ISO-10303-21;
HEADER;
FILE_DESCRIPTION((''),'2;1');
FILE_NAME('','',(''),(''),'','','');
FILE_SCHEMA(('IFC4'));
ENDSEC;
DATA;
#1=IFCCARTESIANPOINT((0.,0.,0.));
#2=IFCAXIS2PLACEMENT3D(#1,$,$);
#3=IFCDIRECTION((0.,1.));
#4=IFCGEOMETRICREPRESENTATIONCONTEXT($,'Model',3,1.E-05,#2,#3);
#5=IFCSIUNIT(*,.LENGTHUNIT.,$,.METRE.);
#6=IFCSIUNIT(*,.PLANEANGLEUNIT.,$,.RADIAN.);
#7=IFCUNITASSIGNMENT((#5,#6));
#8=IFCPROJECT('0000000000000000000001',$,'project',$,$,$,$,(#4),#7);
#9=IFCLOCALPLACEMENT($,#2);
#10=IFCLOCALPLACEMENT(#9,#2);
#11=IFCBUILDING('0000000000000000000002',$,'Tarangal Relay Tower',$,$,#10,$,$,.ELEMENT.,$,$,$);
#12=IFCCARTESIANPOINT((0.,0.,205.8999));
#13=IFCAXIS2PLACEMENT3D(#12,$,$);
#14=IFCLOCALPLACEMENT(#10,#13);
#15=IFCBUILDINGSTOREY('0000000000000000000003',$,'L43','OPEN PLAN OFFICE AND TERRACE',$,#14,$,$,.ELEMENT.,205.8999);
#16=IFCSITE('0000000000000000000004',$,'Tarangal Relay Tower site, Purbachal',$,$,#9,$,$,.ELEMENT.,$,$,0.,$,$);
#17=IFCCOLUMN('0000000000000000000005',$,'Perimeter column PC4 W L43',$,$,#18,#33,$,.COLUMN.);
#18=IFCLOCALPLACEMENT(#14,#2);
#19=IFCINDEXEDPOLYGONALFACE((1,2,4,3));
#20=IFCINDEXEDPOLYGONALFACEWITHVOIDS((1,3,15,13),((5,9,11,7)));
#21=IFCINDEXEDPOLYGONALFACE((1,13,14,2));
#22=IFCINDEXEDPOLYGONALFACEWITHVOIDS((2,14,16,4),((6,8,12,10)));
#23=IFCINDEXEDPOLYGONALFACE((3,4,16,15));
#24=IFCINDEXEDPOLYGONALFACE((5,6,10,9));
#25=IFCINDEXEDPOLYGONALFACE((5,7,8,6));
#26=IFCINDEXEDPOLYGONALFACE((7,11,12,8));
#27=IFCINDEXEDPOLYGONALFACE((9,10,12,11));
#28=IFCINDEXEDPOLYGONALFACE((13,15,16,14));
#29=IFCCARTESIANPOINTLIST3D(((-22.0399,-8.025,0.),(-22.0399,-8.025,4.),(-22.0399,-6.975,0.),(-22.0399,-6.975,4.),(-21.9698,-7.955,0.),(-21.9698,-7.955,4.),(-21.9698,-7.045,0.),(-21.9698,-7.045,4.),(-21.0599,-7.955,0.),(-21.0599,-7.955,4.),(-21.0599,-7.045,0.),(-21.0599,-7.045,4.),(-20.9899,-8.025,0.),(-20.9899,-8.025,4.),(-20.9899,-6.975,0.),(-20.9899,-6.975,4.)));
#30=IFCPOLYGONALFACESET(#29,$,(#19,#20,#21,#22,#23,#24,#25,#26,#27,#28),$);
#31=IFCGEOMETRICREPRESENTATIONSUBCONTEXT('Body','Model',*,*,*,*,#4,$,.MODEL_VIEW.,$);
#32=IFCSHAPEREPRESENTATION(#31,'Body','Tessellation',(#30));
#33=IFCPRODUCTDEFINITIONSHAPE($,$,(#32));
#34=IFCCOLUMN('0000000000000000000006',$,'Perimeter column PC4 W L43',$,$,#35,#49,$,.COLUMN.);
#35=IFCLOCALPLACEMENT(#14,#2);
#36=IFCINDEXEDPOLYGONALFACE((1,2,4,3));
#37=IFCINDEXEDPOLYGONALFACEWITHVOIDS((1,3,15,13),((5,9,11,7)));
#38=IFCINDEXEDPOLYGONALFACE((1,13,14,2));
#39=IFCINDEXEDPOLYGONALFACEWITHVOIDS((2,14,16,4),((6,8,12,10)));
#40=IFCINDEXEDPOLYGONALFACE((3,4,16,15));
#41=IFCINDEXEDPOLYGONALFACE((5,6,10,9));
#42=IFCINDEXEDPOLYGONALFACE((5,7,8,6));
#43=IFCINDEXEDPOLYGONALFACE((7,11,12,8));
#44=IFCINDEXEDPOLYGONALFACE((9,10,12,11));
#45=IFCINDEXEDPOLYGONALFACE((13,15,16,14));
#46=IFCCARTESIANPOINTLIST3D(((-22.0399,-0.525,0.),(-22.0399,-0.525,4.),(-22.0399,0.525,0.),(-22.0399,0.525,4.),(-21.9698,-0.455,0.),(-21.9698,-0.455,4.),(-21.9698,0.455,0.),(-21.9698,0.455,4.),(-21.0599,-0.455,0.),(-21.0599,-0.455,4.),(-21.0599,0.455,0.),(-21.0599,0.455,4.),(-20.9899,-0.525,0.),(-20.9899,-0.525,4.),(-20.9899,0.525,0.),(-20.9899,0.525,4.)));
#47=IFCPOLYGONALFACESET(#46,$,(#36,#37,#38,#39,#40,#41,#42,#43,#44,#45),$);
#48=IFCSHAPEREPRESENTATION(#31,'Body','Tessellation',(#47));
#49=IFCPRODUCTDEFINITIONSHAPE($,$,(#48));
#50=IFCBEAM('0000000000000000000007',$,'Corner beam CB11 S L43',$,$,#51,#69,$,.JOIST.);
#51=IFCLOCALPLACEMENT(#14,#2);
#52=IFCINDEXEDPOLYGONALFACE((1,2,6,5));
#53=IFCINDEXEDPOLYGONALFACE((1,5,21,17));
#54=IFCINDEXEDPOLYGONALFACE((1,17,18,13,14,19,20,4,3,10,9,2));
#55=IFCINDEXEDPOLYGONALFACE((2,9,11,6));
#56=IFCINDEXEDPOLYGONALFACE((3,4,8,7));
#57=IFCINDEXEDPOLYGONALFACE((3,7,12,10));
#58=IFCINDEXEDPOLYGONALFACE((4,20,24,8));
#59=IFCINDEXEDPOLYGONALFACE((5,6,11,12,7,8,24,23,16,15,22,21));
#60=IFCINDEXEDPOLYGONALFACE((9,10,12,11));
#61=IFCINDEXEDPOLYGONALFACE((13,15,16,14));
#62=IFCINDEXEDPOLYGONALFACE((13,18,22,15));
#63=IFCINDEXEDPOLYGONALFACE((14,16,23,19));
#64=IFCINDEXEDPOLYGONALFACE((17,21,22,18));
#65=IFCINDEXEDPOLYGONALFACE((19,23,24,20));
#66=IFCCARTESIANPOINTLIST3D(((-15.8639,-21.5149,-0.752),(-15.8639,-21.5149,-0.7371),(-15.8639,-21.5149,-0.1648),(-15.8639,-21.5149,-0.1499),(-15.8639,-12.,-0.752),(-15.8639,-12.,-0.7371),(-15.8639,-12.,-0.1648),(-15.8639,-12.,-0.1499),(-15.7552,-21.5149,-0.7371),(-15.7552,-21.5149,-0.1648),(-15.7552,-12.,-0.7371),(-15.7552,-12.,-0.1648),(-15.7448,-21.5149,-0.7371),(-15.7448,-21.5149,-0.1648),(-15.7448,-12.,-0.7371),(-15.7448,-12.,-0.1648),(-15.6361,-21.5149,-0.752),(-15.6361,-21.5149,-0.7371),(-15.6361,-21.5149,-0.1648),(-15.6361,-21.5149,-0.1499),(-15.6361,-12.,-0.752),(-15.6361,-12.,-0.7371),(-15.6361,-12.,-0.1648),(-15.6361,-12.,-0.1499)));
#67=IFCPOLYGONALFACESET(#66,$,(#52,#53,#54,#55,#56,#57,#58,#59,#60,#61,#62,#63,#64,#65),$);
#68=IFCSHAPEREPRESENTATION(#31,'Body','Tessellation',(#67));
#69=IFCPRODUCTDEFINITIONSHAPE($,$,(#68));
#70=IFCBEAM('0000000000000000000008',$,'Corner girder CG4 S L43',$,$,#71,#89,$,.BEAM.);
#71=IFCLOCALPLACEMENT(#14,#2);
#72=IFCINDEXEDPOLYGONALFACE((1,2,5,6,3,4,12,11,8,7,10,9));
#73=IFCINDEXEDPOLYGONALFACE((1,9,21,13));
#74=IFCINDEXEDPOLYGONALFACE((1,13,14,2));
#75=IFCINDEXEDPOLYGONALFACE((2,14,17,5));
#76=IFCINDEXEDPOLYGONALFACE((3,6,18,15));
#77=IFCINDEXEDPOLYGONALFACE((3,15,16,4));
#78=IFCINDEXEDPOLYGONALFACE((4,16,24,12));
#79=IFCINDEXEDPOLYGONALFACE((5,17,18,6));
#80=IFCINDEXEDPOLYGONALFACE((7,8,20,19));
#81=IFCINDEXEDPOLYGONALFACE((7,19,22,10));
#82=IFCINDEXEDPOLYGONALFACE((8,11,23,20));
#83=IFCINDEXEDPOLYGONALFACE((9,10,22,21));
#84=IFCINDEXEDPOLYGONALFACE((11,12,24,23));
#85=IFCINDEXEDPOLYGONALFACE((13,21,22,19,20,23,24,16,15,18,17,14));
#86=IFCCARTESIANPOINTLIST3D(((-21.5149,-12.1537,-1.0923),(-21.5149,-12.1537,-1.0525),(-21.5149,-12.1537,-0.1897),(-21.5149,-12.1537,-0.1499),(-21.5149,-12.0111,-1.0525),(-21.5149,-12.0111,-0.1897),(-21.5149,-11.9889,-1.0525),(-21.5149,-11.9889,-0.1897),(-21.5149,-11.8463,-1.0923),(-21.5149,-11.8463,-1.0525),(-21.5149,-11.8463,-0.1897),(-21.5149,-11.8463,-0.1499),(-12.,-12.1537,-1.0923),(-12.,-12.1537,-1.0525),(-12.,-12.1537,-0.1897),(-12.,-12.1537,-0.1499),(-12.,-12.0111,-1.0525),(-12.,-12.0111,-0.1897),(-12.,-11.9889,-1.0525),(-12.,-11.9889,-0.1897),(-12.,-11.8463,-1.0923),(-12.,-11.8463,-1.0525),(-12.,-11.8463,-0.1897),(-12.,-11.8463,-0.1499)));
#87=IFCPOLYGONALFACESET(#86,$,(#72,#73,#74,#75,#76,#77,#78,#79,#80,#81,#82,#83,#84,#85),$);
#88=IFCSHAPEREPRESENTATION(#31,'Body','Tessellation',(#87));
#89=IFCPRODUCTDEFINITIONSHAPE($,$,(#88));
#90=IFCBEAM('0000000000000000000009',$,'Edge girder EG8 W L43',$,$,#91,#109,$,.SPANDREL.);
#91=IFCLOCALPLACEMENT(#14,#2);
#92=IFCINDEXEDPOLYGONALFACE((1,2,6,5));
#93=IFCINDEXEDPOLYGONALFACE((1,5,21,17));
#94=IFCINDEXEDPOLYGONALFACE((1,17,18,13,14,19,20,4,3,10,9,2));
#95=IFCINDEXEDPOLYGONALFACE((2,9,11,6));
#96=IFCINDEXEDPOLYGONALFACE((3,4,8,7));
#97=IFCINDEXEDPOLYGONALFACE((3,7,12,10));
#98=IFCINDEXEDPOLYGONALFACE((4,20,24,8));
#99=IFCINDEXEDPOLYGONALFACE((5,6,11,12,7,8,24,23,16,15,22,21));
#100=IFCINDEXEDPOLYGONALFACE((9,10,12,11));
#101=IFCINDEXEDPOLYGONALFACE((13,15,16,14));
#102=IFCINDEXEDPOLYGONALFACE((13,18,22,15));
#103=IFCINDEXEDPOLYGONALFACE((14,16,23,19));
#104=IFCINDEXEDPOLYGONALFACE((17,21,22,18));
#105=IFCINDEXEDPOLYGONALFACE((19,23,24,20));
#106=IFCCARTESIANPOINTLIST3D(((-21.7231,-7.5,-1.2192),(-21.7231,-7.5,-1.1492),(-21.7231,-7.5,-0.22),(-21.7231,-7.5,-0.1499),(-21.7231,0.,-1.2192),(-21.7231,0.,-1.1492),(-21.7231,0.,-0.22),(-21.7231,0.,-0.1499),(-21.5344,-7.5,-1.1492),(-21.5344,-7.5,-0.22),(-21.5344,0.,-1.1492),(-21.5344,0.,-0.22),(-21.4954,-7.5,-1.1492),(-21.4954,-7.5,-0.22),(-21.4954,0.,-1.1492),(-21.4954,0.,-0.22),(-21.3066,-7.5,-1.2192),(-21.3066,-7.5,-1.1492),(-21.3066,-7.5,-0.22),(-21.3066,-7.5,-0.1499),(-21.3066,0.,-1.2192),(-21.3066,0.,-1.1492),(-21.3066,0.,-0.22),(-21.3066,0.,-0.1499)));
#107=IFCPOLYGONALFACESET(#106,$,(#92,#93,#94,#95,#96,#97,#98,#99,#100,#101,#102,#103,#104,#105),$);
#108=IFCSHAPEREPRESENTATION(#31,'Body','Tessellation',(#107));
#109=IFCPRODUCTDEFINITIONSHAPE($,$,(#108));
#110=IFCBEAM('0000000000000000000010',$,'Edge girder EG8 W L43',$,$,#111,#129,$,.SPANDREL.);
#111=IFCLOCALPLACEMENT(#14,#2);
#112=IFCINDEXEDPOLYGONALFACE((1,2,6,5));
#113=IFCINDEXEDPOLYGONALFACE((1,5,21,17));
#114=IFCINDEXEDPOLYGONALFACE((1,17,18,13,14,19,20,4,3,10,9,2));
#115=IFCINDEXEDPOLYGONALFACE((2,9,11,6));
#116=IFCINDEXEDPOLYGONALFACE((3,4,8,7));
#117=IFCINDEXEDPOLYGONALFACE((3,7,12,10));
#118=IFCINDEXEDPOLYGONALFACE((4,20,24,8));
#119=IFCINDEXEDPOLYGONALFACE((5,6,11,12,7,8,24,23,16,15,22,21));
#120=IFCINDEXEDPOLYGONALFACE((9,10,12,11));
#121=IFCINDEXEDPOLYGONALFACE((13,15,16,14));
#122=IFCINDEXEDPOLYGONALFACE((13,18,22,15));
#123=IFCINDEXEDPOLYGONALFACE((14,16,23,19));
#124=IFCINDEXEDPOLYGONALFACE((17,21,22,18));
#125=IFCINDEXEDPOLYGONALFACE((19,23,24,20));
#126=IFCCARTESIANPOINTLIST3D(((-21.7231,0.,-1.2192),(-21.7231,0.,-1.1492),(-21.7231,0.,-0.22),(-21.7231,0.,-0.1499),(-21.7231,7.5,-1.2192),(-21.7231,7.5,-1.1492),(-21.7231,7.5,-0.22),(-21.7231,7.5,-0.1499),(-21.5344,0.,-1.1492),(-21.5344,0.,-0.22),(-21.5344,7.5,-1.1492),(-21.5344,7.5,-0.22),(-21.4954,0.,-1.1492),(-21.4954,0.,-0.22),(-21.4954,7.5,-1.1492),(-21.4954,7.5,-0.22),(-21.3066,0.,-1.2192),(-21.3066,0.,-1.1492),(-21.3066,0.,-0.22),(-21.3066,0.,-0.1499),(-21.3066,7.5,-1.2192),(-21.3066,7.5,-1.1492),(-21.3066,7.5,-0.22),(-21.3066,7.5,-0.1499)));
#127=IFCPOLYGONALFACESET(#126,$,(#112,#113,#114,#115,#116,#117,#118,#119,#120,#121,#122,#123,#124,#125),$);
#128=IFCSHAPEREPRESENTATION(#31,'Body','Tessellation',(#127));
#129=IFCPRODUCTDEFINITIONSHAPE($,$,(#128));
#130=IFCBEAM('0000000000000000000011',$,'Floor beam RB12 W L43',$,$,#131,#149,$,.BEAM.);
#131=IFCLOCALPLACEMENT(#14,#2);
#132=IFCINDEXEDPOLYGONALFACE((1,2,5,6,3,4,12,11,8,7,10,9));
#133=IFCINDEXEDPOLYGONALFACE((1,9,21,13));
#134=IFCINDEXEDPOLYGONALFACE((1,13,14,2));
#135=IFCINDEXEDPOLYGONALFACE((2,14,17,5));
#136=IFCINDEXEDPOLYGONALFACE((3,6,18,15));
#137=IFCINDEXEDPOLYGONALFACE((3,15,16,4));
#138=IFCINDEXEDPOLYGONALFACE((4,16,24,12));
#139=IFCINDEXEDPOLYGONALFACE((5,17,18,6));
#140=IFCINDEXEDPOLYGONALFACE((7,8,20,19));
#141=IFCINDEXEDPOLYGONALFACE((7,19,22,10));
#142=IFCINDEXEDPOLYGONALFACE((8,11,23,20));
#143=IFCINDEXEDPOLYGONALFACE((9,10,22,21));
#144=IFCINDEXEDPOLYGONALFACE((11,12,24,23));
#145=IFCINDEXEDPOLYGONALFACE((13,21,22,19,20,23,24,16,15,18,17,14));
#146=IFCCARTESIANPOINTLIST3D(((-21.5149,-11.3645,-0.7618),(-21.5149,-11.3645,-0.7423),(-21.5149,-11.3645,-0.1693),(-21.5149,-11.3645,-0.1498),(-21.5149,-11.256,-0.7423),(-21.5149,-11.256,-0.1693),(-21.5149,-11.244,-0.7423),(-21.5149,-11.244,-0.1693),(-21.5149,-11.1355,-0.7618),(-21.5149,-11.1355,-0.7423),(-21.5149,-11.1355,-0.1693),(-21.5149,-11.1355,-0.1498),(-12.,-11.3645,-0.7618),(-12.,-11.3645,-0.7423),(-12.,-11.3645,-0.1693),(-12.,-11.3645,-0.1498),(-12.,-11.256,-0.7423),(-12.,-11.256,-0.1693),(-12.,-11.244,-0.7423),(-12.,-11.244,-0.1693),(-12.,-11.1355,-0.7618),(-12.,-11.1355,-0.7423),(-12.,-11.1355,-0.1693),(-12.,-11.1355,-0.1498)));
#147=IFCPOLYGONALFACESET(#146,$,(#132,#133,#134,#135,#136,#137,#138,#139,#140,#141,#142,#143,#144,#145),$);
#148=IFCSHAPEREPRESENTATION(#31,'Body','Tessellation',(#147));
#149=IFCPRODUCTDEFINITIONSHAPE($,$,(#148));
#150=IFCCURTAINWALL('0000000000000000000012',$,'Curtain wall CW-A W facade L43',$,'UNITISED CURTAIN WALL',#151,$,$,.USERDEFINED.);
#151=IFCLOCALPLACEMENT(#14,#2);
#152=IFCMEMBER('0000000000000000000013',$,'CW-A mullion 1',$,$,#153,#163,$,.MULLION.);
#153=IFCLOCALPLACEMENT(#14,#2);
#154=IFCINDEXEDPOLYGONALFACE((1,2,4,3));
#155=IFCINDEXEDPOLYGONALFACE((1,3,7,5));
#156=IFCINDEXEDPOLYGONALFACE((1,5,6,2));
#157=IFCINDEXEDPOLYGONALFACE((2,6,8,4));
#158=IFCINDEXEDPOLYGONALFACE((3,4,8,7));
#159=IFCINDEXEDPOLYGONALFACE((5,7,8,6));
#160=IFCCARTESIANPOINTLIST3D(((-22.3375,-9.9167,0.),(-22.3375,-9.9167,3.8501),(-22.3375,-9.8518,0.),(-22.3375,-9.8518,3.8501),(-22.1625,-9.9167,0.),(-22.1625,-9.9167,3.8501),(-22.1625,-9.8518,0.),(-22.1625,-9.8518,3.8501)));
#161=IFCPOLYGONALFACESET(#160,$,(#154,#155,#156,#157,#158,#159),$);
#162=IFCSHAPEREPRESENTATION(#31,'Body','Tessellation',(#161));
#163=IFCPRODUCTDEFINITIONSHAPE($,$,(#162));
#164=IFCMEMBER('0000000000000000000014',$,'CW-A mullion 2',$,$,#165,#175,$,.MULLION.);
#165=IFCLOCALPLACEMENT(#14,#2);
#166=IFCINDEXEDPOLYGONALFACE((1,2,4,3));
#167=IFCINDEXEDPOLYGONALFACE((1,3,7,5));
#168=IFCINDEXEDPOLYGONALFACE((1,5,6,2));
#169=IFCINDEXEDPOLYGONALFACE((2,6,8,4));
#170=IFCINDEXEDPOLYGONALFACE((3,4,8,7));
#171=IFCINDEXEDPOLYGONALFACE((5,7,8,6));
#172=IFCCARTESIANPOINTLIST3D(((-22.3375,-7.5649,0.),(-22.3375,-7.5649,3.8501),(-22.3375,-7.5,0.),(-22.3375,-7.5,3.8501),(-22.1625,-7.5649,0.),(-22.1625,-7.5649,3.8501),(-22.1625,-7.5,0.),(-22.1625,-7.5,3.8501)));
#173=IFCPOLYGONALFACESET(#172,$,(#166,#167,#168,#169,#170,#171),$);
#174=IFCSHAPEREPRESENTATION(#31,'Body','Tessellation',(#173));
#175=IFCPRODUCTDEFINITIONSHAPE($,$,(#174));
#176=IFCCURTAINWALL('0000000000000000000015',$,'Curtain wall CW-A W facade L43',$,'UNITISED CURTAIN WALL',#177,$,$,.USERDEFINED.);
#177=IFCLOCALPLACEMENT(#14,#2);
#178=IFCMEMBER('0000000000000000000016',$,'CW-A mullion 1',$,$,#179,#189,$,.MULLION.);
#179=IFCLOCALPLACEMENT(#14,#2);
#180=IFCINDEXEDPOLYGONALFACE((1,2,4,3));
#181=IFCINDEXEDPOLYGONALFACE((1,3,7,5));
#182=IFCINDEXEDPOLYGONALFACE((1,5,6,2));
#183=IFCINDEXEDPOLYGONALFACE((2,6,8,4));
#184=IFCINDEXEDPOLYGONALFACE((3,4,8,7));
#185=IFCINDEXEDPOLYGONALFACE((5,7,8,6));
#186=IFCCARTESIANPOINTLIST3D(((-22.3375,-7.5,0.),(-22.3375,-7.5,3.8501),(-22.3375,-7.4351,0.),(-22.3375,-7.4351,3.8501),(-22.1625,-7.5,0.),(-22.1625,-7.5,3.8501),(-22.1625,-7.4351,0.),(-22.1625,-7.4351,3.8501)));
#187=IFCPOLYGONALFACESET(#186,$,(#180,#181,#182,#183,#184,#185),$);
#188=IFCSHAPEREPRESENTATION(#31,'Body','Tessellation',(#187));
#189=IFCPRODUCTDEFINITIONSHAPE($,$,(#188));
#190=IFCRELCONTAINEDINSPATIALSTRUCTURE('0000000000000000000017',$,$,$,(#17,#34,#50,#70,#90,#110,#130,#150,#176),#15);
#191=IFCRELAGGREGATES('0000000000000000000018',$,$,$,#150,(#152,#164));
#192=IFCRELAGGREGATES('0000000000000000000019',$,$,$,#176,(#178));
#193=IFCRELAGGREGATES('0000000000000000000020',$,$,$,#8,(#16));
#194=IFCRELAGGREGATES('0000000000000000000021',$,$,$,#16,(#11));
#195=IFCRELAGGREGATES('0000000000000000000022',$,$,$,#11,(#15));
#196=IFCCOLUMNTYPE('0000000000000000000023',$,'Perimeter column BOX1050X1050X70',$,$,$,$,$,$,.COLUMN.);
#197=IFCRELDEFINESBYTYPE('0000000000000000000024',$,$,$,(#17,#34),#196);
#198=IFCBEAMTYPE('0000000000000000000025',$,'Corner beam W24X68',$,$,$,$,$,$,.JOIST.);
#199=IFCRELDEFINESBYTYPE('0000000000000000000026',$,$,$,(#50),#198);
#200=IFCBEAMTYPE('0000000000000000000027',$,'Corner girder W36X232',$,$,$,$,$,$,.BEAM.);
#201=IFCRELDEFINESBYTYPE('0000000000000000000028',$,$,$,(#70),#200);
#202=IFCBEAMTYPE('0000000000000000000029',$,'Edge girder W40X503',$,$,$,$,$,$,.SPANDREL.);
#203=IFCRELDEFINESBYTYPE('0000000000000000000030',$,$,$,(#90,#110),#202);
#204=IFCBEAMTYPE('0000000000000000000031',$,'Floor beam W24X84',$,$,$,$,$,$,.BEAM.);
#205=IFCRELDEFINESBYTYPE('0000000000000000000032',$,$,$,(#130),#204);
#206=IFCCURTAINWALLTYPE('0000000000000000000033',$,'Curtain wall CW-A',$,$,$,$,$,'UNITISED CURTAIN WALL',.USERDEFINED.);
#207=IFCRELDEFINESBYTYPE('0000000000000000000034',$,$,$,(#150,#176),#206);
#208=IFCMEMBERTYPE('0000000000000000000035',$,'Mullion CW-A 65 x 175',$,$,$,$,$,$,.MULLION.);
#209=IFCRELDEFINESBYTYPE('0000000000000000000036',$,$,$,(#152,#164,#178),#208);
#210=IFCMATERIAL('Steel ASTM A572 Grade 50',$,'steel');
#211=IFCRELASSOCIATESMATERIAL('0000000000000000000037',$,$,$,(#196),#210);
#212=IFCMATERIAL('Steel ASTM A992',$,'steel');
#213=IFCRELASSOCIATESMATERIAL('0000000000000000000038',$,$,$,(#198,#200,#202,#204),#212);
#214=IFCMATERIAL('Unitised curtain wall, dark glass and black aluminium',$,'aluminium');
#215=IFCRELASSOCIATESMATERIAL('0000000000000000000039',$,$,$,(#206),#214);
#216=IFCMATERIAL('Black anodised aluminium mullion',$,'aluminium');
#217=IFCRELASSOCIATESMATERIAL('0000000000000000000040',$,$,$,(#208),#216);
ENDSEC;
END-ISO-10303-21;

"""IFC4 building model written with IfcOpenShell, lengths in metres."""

from ifc_helpers import new_model, si_unit, direction, frame, origin, origin_2d, place, context, subcontext, project, spatial, rectangle, hollow_rectangle, i_section, extrude, material, material_profile, profile_set, type_object, element, aggregate, save


model = new_model("IFC4")

# Units and contexts
model_context = context("Model", 3, precision=1e-05, world=origin(), true_north=direction((0.0, 1.0)))
body_context = subcontext(model_context, "Body", "Model", "MODEL_VIEW")
ifc_project = project(units=[si_unit("LENGTHUNIT", "METRE"), si_unit("PLANEANGLEUNIT", "RADIAN")], contexts=[model_context])

# Site, building, storey
site_placement = place(None, origin())
site = spatial("IfcSite", under=ifc_project, at=site_placement, Name="Tarangal Relay Tower site, Purbachal", CompositionType="ELEMENT", RefElevation=0.0)
building_placement = place(site_placement, origin())
building = spatial("IfcBuilding", under=site, at=building_placement, Name="Tarangal Relay Tower", CompositionType="ELEMENT")
storey_placement = place(building_placement, frame((0.0, 0.0, 205.8999)))
storey = spatial("IfcBuildingStorey", under=building, at=storey_placement, Name="L43", Description="OPEN PLAN OFFICE AND TERRACE", CompositionType="ELEMENT", Elevation=205.8999)

# Columns
ifc_material_1 = material(Name="Steel ASTM A572 Grade 50", Category="steel")
ifc_material_profile_1 = material_profile(ifc_material_1, hollow_rectangle(XDim=1.05, YDim=1.05, WallThickness=0.0701, at=origin_2d()), Name="BOX1050X1050X70")
ifc_profile_set_1 = profile_set([ifc_material_profile_1], Name="Steel ASTM A572 Grade 50")
column_type = type_object("IfcColumnType", Name="Perimeter column BOX1050X1050X70", PredefinedType="COLUMN", material=ifc_profile_set_1)
for number, where, z_axis, x_axis, name in (
    (1, (-21.5149, -7.5, 0.0), (0.0, 0.0, 1.0), (1.0, 0.0, 0.0), "Perimeter column PC4 W L43"),
    (2, (-21.5149, 0.0, 0.0), (0.0, 0.0, 1.0), (1.0, 0.0, 0.0), "Perimeter column PC4 W L43"),
):
    element("IfcColumn", number, at=place(storey_placement, frame(where, z_axis=z_axis, x_axis=x_axis)), inside=storey, type_object=column_type, Name=name, PredefinedType="COLUMN", context=body_context, shape_type="SweptSolid", body=[
        extrude(hollow_rectangle(XDim=1.05, YDim=1.05, WallThickness=0.0701, at=origin_2d()), origin(), (0.0, 0.0, 1.0), 4.0),
    ])

# Beams
ifc_material_2 = material(Name="Steel ASTM A992", Category="steel")
ifc_material_profile_2 = material_profile(ifc_material_2, i_section(OverallWidth=0.2278, OverallDepth=0.6021, WebThickness=0.0105, FlangeThickness=0.0149, at=origin_2d()), Name="W24X68")
ifc_profile_set_2 = profile_set([ifc_material_profile_2], Name="Steel ASTM A992")
beam_type_1 = type_object("IfcBeamType", Name="Corner beam W24X68", PredefinedType="JOIST", material=ifc_profile_set_2)
beam_1_placement = place(storey_placement, frame((-15.75, -12.0, -0.4509), z_axis=(0.0, -1.0, 0.0), x_axis=(1.0, 0.0, 0.0)))
element("IfcBeam", 3, at=beam_1_placement, inside=storey, type_object=beam_type_1, Name="Corner beam CB11 S L43", PredefinedType="JOIST", context=body_context, shape_type="SweptSolid", body=[
    extrude(i_section(OverallWidth=0.2278, OverallDepth=0.6021, WebThickness=0.0105, FlangeThickness=0.0149, at=origin_2d()), origin(), (0.0, 0.0, 1.0), 9.5149),
])
ifc_material_profile_3 = material_profile(ifc_material_2, i_section(OverallWidth=0.3074, OverallDepth=0.9424, WebThickness=0.0222, FlangeThickness=0.0398, at=origin_2d()), Name="W36X232")
ifc_profile_set_3 = profile_set([ifc_material_profile_3], Name="Steel ASTM A992")
beam_type_2 = type_object("IfcBeamType", Name="Corner girder W36X232", PredefinedType="BEAM", material=ifc_profile_set_3)
beam_2_placement = place(storey_placement, frame((-12.0, -12.0, -0.6211), z_axis=(-1.0, 0.0, 0.0), x_axis=(0.0, -1.0, 0.0)))
element("IfcBeam", 4, at=beam_2_placement, inside=storey, type_object=beam_type_2, Name="Corner girder CG4 S L43", PredefinedType="BEAM", context=body_context, shape_type="SweptSolid", body=[
    extrude(i_section(OverallWidth=0.3074, OverallDepth=0.9424, WebThickness=0.0222, FlangeThickness=0.0398, at=origin_2d()), origin(), (0.0, 0.0, 1.0), 9.5149),
])
ifc_material_profile_4 = material_profile(ifc_material_2, i_section(OverallWidth=0.4165, OverallDepth=1.0693, WebThickness=0.0391, FlangeThickness=0.0701, at=origin_2d()), Name="W40X503")
ifc_profile_set_4 = profile_set([ifc_material_profile_4], Name="Steel ASTM A992")
beam_type_3 = type_object("IfcBeamType", Name="Edge girder W40X503", PredefinedType="SPANDREL", material=ifc_profile_set_4)
for number, where, z_axis, x_axis, name in (
    (5, (-21.5149, -7.5, -0.6846), (0.0, 1.0, 0.0), (-1.0, 0.0, 0.0), "Edge girder EG8 W L43"),
    (6, (-21.5149, 0.0, -0.6846), (0.0, 1.0, 0.0), (-1.0, 0.0, 0.0), "Edge girder EG8 W L43"),
):
    element("IfcBeam", number, at=place(storey_placement, frame(where, z_axis=z_axis, x_axis=x_axis)), inside=storey, type_object=beam_type_3, Name=name, PredefinedType="SPANDREL", context=body_context, shape_type="SweptSolid", body=[
        extrude(i_section(OverallWidth=0.4165, OverallDepth=1.0693, WebThickness=0.0391, FlangeThickness=0.0701, at=origin_2d()), origin(), (0.0, 0.0, 1.0), 7.5),
    ])
ifc_material_profile_5 = material_profile(ifc_material_2, i_section(OverallWidth=0.229, OverallDepth=0.6121, WebThickness=0.012, FlangeThickness=0.0195, at=origin_2d()), Name="W24X84")
ifc_profile_set_5 = profile_set([ifc_material_profile_5], Name="Steel ASTM A992")
beam_type_4 = type_object("IfcBeamType", Name="Floor beam W24X84", PredefinedType="BEAM", material=ifc_profile_set_5)
beam_3_placement = place(storey_placement, frame((-12.0, -11.25, -0.4558), z_axis=(-1.0, 0.0, 0.0), x_axis=(0.0, -1.0, 0.0)))
element("IfcBeam", 7, at=beam_3_placement, inside=storey, type_object=beam_type_4, Name="Floor beam RB12 W L43", PredefinedType="BEAM", context=body_context, shape_type="SweptSolid", body=[
    extrude(i_section(OverallWidth=0.229, OverallDepth=0.6121, WebThickness=0.012, FlangeThickness=0.0195, at=origin_2d()), origin(), (0.0, 0.0, 1.0), 9.5149),
])

# Curtain walls, members
ifc_material_3 = material(Name="Unitised curtain wall, dark glass and black aluminium", Category="aluminium")
curtain_wall_type_1 = type_object("IfcCurtainWallType", Name="Curtain wall CW-A", ElementType="UNITISED CURTAIN WALL", PredefinedType="USERDEFINED", material=ifc_material_3)
curtain_wall_1_placement = place(storey_placement, origin())
curtain_wall_1 = element("IfcCurtainWall", 8, at=curtain_wall_1_placement, inside=storey, type_object=curtain_wall_type_1, Name="Curtain wall CW-A W facade L43", ObjectType="UNITISED CURTAIN WALL", PredefinedType="USERDEFINED")
ifc_material_4 = material(Name="Black anodised aluminium mullion", Category="aluminium")
ifc_material_profile_6 = material_profile(ifc_material_4, rectangle(XDim=0.175, YDim=0.0649, at=origin_2d()), Name="CW-AM 65X175")
ifc_profile_set_6 = profile_set([ifc_material_profile_6], Name="Black anodised aluminium mullion")
member_type_1 = type_object("IfcMemberType", Name="Mullion CW-A 65 x 175", PredefinedType="MULLION", material=ifc_profile_set_6)
member_1_placement = place(storey_placement, frame((-22.25, -9.8843, 0.0), z_axis=(0.0, 0.0, 1.0), x_axis=(-1.0, 0.0, 0.0)))
member_1 = element("IfcMember", 9, at=member_1_placement, type_object=member_type_1, Name="CW-A mullion 1", PredefinedType="MULLION", context=body_context, shape_type="SweptSolid", body=[
    extrude(rectangle(XDim=0.175, YDim=0.0649, at=origin_2d()), origin(), (0.0, 0.0, 1.0), 3.8501),
])
member_2_placement = place(storey_placement, frame((-22.25, -7.5325, 0.0), z_axis=(0.0, 0.0, 1.0), x_axis=(-1.0, 0.0, 0.0)))
member_2 = element("IfcMember", 10, at=member_2_placement, type_object=member_type_1, Name="CW-A mullion 2", PredefinedType="MULLION", context=body_context, shape_type="SweptSolid", body=[
    extrude(rectangle(XDim=0.175, YDim=0.0649, at=origin_2d()), origin(), (0.0, 0.0, 1.0), 3.8501),
])
curtain_wall_2_placement = place(storey_placement, origin())
curtain_wall_2 = element("IfcCurtainWall", 11, at=curtain_wall_2_placement, inside=storey, type_object=curtain_wall_type_1, Name="Curtain wall CW-A W facade L43", ObjectType="UNITISED CURTAIN WALL", PredefinedType="USERDEFINED")
member_3_placement = place(storey_placement, frame((-22.25, -7.4675, 0.0), z_axis=(0.0, 0.0, 1.0), x_axis=(-1.0, 0.0, 0.0)))
member_3 = element("IfcMember", 12, at=member_3_placement, type_object=member_type_1, Name="CW-A mullion 1", PredefinedType="MULLION", context=body_context, shape_type="SweptSolid", body=[
    extrude(rectangle(XDim=0.175, YDim=0.0649, at=origin_2d()), origin(), (0.0, 0.0, 1.0), 3.8501),
])

aggregate(curtain_wall_1, [member_1, member_2])
aggregate(curtain_wall_2, [member_3])

save(model, "model.ifc")
